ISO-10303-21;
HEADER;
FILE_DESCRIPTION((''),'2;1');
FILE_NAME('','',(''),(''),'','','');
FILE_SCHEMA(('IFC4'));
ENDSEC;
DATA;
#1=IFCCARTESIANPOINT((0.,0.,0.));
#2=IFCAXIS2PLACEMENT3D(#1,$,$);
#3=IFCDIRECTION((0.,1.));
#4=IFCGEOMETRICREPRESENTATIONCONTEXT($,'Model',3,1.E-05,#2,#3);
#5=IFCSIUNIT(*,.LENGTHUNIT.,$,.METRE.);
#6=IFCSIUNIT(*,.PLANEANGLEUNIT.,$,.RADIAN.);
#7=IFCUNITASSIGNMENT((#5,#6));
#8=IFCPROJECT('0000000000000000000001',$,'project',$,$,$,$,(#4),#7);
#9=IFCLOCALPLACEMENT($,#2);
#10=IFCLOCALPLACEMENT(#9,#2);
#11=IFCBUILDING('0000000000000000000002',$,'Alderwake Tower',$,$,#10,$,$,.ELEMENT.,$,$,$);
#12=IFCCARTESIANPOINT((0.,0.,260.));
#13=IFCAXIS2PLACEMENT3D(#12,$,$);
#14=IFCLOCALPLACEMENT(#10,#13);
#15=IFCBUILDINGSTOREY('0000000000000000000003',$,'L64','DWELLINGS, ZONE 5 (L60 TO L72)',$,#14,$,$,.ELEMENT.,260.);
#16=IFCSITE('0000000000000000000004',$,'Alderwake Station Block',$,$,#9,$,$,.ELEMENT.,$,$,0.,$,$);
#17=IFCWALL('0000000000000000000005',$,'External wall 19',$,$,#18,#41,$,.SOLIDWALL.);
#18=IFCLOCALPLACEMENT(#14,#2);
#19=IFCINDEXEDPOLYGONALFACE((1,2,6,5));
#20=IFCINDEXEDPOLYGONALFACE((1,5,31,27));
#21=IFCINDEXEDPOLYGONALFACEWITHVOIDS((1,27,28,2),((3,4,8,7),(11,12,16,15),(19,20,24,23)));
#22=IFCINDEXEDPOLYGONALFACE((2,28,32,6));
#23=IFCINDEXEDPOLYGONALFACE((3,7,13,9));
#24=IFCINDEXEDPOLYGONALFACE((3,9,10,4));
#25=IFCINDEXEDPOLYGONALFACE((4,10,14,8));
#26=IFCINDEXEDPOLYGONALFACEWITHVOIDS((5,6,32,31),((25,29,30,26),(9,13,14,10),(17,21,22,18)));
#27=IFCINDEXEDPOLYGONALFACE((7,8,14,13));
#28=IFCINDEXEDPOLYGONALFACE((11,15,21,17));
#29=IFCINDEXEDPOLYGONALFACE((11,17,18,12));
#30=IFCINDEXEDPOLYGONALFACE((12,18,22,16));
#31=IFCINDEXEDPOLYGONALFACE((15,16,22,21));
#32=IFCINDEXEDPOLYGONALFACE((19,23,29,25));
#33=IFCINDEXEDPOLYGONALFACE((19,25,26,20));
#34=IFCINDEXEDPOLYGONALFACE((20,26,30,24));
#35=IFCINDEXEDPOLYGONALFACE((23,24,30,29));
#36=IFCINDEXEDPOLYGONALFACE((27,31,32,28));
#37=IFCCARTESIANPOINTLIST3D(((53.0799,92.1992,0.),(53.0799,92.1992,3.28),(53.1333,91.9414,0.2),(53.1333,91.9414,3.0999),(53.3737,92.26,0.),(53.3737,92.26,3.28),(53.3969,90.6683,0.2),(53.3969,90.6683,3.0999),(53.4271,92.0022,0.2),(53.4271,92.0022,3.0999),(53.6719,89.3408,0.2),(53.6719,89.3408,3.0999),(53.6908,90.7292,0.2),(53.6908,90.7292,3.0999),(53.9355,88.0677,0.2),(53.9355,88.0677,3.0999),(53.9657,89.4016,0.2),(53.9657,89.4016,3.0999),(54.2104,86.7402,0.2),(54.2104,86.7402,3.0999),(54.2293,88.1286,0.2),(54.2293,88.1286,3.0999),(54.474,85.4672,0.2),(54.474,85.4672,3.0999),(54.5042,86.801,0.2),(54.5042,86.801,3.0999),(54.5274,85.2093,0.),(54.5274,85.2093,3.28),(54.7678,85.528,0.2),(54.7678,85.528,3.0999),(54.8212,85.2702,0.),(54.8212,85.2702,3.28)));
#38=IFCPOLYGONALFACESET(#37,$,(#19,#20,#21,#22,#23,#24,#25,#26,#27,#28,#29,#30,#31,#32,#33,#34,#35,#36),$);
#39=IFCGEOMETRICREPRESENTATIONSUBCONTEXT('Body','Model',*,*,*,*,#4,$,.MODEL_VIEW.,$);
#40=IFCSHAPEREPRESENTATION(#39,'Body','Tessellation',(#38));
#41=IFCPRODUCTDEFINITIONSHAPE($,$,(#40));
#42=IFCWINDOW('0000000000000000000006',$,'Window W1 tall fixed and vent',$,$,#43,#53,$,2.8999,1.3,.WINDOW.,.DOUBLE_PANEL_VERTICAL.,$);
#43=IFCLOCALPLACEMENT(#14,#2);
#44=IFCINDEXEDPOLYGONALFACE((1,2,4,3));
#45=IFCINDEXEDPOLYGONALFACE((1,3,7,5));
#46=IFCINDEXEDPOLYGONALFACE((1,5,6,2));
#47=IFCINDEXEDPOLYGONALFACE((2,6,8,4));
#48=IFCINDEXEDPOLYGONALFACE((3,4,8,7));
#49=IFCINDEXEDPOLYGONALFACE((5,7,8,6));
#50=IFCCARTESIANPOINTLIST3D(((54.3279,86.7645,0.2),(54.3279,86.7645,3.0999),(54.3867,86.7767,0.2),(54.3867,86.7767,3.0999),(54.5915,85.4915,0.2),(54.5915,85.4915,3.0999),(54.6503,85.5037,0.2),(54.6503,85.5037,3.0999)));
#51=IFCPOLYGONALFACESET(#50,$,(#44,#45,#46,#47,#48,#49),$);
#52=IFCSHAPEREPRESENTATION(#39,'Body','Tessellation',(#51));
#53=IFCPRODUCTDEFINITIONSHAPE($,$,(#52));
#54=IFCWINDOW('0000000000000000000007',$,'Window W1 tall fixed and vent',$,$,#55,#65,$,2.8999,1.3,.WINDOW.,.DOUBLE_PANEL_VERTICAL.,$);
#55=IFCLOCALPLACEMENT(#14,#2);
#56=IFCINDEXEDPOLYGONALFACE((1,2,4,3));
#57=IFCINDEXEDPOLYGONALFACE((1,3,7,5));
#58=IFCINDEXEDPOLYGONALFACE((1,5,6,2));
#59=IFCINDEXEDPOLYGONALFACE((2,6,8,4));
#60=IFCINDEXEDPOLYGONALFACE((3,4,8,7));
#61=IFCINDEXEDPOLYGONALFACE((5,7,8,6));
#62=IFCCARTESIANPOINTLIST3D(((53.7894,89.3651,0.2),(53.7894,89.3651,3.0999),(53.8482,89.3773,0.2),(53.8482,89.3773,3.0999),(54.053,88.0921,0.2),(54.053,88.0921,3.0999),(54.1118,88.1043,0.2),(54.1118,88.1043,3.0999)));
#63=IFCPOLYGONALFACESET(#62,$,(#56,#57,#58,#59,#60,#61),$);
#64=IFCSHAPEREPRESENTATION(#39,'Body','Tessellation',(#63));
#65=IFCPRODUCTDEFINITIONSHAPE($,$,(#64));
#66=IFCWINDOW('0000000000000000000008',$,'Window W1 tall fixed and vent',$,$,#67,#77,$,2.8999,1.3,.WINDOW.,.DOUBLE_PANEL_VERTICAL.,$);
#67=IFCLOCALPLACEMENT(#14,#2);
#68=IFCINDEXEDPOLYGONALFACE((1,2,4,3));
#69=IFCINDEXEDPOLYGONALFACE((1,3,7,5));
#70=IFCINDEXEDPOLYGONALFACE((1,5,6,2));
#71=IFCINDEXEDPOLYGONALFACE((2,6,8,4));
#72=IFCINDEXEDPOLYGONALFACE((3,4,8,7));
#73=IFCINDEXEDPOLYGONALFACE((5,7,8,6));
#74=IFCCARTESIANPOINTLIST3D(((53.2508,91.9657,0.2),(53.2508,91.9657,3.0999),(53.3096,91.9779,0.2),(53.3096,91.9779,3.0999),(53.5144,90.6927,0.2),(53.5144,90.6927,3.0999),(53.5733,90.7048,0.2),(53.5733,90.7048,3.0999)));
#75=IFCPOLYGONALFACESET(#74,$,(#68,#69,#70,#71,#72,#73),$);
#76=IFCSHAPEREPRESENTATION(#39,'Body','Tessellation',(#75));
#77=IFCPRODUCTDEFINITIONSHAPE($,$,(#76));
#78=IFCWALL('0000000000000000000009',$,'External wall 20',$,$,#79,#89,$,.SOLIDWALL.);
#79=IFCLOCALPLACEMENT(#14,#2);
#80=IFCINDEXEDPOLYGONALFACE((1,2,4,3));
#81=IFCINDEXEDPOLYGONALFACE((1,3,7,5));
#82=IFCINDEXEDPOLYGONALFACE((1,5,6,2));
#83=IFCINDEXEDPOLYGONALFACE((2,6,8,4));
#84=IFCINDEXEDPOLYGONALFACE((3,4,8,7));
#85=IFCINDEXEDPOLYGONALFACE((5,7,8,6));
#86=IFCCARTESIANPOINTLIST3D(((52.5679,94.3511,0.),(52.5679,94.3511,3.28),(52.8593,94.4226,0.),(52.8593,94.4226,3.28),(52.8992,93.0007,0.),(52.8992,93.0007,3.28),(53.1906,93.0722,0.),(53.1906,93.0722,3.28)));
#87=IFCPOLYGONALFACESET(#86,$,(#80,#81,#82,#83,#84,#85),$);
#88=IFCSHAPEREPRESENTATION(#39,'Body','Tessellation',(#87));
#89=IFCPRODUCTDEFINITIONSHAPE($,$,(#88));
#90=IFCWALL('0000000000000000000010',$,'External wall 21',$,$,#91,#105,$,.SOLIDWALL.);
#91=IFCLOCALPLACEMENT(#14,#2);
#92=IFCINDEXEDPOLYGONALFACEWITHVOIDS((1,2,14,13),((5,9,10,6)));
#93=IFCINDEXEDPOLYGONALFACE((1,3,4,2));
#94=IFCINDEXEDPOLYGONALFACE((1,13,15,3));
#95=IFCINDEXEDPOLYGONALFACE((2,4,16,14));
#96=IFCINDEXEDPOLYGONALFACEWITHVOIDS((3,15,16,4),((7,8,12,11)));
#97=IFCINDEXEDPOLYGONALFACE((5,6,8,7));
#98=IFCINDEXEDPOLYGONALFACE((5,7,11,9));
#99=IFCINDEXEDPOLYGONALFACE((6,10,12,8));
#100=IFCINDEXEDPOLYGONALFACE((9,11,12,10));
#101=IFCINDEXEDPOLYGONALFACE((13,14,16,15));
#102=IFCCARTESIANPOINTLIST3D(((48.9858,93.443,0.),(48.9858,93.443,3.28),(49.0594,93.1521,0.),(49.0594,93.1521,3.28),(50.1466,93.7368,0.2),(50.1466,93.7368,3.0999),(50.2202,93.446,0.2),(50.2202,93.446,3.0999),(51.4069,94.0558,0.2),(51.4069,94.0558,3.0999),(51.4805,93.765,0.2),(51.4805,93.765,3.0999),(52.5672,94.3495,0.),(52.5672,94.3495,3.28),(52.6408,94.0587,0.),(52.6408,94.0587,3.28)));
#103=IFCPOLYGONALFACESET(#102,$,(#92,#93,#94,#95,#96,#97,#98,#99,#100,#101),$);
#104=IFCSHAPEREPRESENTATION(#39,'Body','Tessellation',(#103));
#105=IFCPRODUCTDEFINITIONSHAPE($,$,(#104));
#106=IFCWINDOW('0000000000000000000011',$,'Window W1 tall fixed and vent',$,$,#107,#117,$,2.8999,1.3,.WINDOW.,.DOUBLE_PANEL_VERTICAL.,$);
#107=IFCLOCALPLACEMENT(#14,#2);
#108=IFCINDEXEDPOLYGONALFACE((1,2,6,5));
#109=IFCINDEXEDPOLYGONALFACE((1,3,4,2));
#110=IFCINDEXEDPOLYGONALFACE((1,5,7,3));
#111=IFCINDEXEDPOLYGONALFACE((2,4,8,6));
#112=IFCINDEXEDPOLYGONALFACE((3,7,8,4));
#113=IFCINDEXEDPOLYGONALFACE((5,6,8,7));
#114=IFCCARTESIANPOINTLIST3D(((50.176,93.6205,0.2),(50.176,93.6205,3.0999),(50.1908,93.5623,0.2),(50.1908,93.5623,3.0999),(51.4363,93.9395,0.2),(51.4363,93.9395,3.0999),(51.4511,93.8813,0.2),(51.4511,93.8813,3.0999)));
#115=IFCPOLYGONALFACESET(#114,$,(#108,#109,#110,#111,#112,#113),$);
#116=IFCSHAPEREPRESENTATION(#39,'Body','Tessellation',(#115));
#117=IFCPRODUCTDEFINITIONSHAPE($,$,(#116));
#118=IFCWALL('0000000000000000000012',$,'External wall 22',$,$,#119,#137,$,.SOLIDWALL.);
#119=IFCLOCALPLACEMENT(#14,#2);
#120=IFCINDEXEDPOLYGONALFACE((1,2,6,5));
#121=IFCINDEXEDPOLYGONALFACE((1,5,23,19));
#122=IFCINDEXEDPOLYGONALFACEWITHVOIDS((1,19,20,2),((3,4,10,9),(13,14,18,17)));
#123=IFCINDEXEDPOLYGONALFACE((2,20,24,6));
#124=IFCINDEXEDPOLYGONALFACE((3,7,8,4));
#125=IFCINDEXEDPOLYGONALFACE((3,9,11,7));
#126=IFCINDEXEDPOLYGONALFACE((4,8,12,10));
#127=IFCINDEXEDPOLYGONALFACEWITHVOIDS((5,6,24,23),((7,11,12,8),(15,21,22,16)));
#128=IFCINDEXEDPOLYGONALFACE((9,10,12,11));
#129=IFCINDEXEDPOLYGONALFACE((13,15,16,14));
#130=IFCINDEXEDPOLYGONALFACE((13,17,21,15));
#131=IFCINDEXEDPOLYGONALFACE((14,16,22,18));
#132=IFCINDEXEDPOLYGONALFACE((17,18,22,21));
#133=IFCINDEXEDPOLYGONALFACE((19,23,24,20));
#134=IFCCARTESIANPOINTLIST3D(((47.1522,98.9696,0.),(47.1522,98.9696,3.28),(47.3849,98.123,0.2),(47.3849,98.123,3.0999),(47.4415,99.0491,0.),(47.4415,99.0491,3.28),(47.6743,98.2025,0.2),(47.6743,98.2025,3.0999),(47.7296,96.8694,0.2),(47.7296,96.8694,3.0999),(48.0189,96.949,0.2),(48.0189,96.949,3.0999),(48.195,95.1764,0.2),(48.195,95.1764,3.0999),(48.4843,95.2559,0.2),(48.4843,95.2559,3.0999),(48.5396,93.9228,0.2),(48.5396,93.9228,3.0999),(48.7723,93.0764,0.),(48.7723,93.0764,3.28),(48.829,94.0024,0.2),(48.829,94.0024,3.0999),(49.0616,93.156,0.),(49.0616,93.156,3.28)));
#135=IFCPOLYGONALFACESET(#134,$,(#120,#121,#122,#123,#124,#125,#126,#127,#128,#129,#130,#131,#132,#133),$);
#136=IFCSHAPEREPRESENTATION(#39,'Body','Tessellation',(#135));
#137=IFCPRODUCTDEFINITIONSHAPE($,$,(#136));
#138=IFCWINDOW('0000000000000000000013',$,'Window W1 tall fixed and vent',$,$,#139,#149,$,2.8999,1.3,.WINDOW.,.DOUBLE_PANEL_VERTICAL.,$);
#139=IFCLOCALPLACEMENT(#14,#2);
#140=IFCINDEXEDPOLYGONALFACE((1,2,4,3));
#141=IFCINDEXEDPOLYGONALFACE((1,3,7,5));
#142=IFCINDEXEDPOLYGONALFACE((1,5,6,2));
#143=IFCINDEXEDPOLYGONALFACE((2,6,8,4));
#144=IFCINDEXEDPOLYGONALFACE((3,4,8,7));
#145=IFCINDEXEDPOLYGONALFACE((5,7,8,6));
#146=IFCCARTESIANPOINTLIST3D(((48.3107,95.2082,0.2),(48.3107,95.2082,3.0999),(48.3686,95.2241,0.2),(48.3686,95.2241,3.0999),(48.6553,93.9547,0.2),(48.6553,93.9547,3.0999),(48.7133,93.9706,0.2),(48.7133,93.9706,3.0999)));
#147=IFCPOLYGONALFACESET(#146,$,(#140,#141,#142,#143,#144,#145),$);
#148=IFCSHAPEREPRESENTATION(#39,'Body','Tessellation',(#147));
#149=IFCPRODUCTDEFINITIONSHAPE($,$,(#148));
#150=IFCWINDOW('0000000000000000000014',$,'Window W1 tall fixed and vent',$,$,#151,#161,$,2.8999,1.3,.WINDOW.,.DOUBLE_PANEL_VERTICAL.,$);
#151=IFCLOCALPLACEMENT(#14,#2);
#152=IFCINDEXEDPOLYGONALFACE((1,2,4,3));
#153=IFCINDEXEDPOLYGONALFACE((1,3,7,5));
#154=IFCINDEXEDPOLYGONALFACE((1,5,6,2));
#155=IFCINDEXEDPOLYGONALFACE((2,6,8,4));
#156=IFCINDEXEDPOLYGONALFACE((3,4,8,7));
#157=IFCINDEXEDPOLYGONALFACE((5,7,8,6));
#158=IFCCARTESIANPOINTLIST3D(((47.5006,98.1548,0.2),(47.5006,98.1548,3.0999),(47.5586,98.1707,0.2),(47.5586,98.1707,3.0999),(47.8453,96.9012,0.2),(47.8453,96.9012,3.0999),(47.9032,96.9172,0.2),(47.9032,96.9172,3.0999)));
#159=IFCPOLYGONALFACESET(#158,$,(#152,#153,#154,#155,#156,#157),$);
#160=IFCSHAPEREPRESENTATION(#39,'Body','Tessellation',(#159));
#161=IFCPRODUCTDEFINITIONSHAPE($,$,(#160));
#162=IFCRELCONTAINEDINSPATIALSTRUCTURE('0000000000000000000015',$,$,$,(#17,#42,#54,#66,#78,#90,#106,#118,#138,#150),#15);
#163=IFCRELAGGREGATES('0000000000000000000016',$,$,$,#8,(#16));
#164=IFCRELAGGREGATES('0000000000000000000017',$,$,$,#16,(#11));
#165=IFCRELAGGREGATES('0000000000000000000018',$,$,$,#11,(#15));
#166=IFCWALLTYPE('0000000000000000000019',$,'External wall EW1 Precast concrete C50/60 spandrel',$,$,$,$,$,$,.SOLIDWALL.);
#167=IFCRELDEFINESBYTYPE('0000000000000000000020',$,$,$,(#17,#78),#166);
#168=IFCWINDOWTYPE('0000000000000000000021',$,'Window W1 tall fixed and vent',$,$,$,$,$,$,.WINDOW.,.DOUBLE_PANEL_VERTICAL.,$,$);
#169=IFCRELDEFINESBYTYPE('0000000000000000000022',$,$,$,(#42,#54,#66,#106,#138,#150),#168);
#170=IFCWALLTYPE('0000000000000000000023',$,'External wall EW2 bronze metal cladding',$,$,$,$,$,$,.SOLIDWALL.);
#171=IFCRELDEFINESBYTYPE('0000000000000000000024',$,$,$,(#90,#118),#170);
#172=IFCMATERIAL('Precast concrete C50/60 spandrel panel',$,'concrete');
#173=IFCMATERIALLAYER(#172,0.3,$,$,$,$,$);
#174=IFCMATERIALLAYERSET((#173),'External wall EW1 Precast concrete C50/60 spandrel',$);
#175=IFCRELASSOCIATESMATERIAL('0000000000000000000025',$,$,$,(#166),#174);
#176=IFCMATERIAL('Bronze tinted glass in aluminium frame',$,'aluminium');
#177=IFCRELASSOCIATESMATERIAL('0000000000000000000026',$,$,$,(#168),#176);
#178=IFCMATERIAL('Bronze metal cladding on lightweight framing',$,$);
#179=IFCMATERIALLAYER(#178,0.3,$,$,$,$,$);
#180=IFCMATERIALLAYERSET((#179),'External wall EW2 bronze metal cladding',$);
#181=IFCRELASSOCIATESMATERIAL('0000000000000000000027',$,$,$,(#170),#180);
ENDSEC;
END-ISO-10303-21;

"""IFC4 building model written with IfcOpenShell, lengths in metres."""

from ifc_helpers import new_model, si_unit, direction, frame, frame_2d, origin, place, context, subcontext, project, spatial, rectangle, extrude, material, layer, layer_set, type_object, element, fill, save


model = new_model("IFC4")

# Units and contexts
model_context = context("Model", 3, precision=1e-05, world=origin(), true_north=direction((0.0, 1.0)))
body_context = subcontext(model_context, "Body", "Model", "MODEL_VIEW")
ifc_project = project(units=[si_unit("LENGTHUNIT", "METRE"), si_unit("PLANEANGLEUNIT", "RADIAN")], contexts=[model_context])

# Site, building, storey
site_placement = place(None, origin())
site = spatial("IfcSite", under=ifc_project, at=site_placement, Name="Alderwake Station Block", CompositionType="ELEMENT", RefElevation=0.0)
building_placement = place(site_placement, origin())
building = spatial("IfcBuilding", under=site, at=building_placement, Name="Alderwake Tower", CompositionType="ELEMENT")
storey_placement = place(building_placement, frame((0.0, 0.0, 260.0)))
storey = spatial("IfcBuildingStorey", under=building, at=storey_placement, Name="L64", Description="DWELLINGS, ZONE 5 (L60 TO L72)", CompositionType="ELEMENT", Elevation=260.0)

# Wall, openings, windows
ifc_material_1 = material(Name="Precast concrete C50/60 spandrel panel", Category="concrete")
ifc_layer_1 = layer(ifc_material_1, 0.3)
ifc_layer_set_1 = layer_set([ifc_layer_1], Name="External wall EW1 Precast concrete C50/60 spandrel")
wall_type_1 = type_object("IfcWallType", Name="External wall EW1 Precast concrete C50/60 spandrel", PredefinedType="SOLIDWALL", material=ifc_layer_set_1)
wall_1_placement = place(storey_placement, frame((54.6743, 85.2397, 0.0), z_axis=(0.0, 0.0, 1.0), x_axis=(-0.202781, 0.979224, 0.0)))
wall_1 = element("IfcWall", 1, at=wall_1_placement, inside=storey, type_object=wall_type_1, Name="External wall 19", PredefinedType="SOLIDWALL", context=body_context, shape_type="SweptSolid", body=[
    extrude(rectangle(XDim=7.1382, YDim=0.3, at=frame_2d((3.5691, 0.0))), origin(), (0.0, 0.0, 1.0), 3.28),
])
opening_1_placement = place(wall_1_placement, frame((0.2634, 0.0, 0.2)))
opening_1 = element("IfcOpeningElement", 2, at=opening_1_placement, cuts=wall_1, PredefinedType="OPENING", context=body_context, shape_type="SweptSolid", body=[
    extrude(rectangle(XDim=1.3, YDim=2.8999, at=frame_2d((0.6499, 1.45))), frame((0.0, 0.1599, 0.0), z_axis=(0.0, -1.0, 0.0), x_axis=(1.0, 0.0, 0.0)), (0.0, 0.0, 1.0), 0.3201),
])
opening_2_placement = place(wall_1_placement, frame((2.9192, 0.0, 0.2)))
opening_2 = element("IfcOpeningElement", 3, at=opening_2_placement, cuts=wall_1, PredefinedType="OPENING", context=body_context, shape_type="SweptSolid", body=[
    extrude(rectangle(XDim=1.3, YDim=2.8999, at=frame_2d((0.6499, 1.45))), frame((0.0, 0.1599, 0.0), z_axis=(0.0, -1.0, 0.0), x_axis=(1.0, 0.0, 0.0)), (0.0, 0.0, 1.0), 0.3201),
])
opening_3_placement = place(wall_1_placement, frame((5.575, 0.0, 0.2)))
opening_3 = element("IfcOpeningElement", 4, at=opening_3_placement, cuts=wall_1, PredefinedType="OPENING", context=body_context, shape_type="SweptSolid", body=[
    extrude(rectangle(XDim=1.3, YDim=2.8999, at=frame_2d((0.6499, 1.45))), frame((0.0, 0.1599, 0.0), z_axis=(0.0, -1.0, 0.0), x_axis=(1.0, 0.0, 0.0)), (0.0, 0.0, 1.0), 0.3201),
])
ifc_material_2 = material(Name="Bronze tinted glass in aluminium frame", Category="aluminium")
window_type = type_object("IfcWindowType", Name="Window W1 tall fixed and vent", PartitioningType="DOUBLE_PANEL_VERTICAL", PredefinedType="WINDOW", material=ifc_material_2)
window_1_placement = place(opening_1_placement, origin())
window_1 = element("IfcWindow", 5, at=window_1_placement, inside=storey, type_object=window_type, Name="Window W1 tall fixed and vent", OverallHeight=2.8999, OverallWidth=1.3, PartitioningType="DOUBLE_PANEL_VERTICAL", PredefinedType="WINDOW", context=body_context, shape_type="SweptSolid", body=[
    extrude(rectangle(XDim=1.3, YDim=2.8999, at=frame_2d((0.6499, 1.45))), frame((0.0, 0.03, 0.0), z_axis=(0.0, -1.0, 0.0), x_axis=(1.0, 0.0, 0.0)), (0.0, 0.0, 1.0), 0.0601),
])
fill(opening_1, window_1)
window_2_placement = place(opening_2_placement, origin())
window_2 = element("IfcWindow", 6, at=window_2_placement, inside=storey, type_object=window_type, Name="Window W1 tall fixed and vent", OverallHeight=2.8999, OverallWidth=1.3, PartitioningType="DOUBLE_PANEL_VERTICAL", PredefinedType="WINDOW", context=body_context, shape_type="SweptSolid", body=[
    extrude(rectangle(XDim=1.3, YDim=2.8999, at=frame_2d((0.6499, 1.45))), frame((0.0, 0.03, 0.0), z_axis=(0.0, -1.0, 0.0), x_axis=(1.0, 0.0, 0.0)), (0.0, 0.0, 1.0), 0.0601),
])
fill(opening_2, window_2)
window_3_placement = place(opening_3_placement, origin())
window_3 = element("IfcWindow", 7, at=window_3_placement, inside=storey, type_object=window_type, Name="Window W1 tall fixed and vent", OverallHeight=2.8999, OverallWidth=1.3, PartitioningType="DOUBLE_PANEL_VERTICAL", PredefinedType="WINDOW", context=body_context, shape_type="SweptSolid", body=[
    extrude(rectangle(XDim=1.3, YDim=2.8999, at=frame_2d((0.6499, 1.45))), frame((0.0, 0.03, 0.0), z_axis=(0.0, -1.0, 0.0), x_axis=(1.0, 0.0, 0.0)), (0.0, 0.0, 1.0), 0.0601),
])
fill(opening_3, window_3)

# Wall
wall_2_placement = place(storey_placement, frame((53.0449, 93.0364, 0.0), z_axis=(0.0, 0.0, 1.0), x_axis=(-0.238278, 0.971197, 0.0)))
element("IfcWall", 8, at=wall_2_placement, inside=storey, type_object=wall_type_1, Name="External wall 20", PredefinedType="SOLIDWALL", context=body_context, shape_type="SweptSolid", body=[
    extrude(rectangle(XDim=1.3904, YDim=0.3, at=frame_2d((0.6953, 0.0))), origin(), (0.0, 0.0, 1.0), 3.28),
])

# Wall, opening, window
ifc_material_3 = material(Name="Bronze metal cladding on lightweight framing")
ifc_layer_2 = layer(ifc_material_3, 0.3)
ifc_layer_set_2 = layer_set([ifc_layer_2], Name="External wall EW2 bronze metal cladding")
wall_type_2 = type_object("IfcWallType", Name="External wall EW2 bronze metal cladding", PredefinedType="SOLIDWALL", material=ifc_layer_set_2)
wall_3_placement = place(storey_placement, frame((52.604, 94.2041, 0.0), z_axis=(0.0, 0.0, 1.0), x_axis=(-0.969427, -0.24538, 0.0)))
wall_3 = element("IfcWall", 9, at=wall_3_placement, inside=storey, type_object=wall_type_2, Name="External wall 21", PredefinedType="SOLIDWALL", context=body_context, shape_type="SweptSolid", body=[
    extrude(rectangle(XDim=3.6943, YDim=0.3, at=frame_2d((1.8472, 0.0))), origin(), (0.0, 0.0, 1.0), 3.28),
])
opening_4_placement = place(wall_3_placement, frame((1.197, 0.0, 0.2)))
opening_4 = element("IfcOpeningElement", 10, at=opening_4_placement, cuts=wall_3, PredefinedType="OPENING", context=body_context, shape_type="SweptSolid", body=[
    extrude(rectangle(XDim=1.3, YDim=2.8999, at=frame_2d((0.6499, 1.45))), frame((0.0, 0.1599, 0.0), z_axis=(0.0, -1.0, 0.0), x_axis=(1.0, 0.0, 0.0)), (0.0, 0.0, 1.0), 0.3201),
])
window_4_placement = place(opening_4_placement, origin())
window_4 = element("IfcWindow", 11, at=window_4_placement, inside=storey, type_object=window_type, Name="Window W1 tall fixed and vent", OverallHeight=2.8999, OverallWidth=1.3, PartitioningType="DOUBLE_PANEL_VERTICAL", PredefinedType="WINDOW", context=body_context, shape_type="SweptSolid", body=[
    extrude(rectangle(XDim=1.3, YDim=2.8999, at=frame_2d((0.6499, 1.45))), frame((0.0, 0.03, 0.0), z_axis=(0.0, -1.0, 0.0), x_axis=(1.0, 0.0, 0.0)), (0.0, 0.0, 1.0), 0.0601),
])
fill(opening_4, window_4)

# Wall, openings, windows
wall_4_placement = place(storey_placement, frame((48.917, 93.1162, 0.0), z_axis=(0.0, 0.0, 1.0), x_axis=(-0.265084, 0.964225, 0.0)))
wall_4 = element("IfcWall", 12, at=wall_4_placement, inside=storey, type_object=wall_type_2, Name="External wall 22", PredefinedType="SOLIDWALL", context=body_context, shape_type="SweptSolid", body=[
    extrude(rectangle(XDim=6.1118, YDim=0.3, at=frame_2d((3.0559, 0.0))), origin(), (0.0, 0.0, 1.0), 3.28),
])
opening_5_placement = place(wall_4_placement, frame((0.8779, 0.0, 0.2)))
opening_5 = element("IfcOpeningElement", 13, at=opening_5_placement, cuts=wall_4, PredefinedType="OPENING", context=body_context, shape_type="SweptSolid", body=[
    extrude(rectangle(XDim=1.3, YDim=2.8999, at=frame_2d((0.6499, 1.45))), frame((0.0, 0.1599, 0.0), z_axis=(0.0, -1.0, 0.0), x_axis=(1.0, 0.0, 0.0)), (0.0, 0.0, 1.0), 0.3201),
])
opening_6_placement = place(wall_4_placement, frame((3.9338, 0.0, 0.2)))
opening_6 = element("IfcOpeningElement", 14, at=opening_6_placement, cuts=wall_4, PredefinedType="OPENING", context=body_context, shape_type="SweptSolid", body=[
    extrude(rectangle(XDim=1.3, YDim=2.8999, at=frame_2d((0.6499, 1.45))), frame((0.0, 0.1599, 0.0), z_axis=(0.0, -1.0, 0.0), x_axis=(1.0, 0.0, 0.0)), (0.0, 0.0, 1.0), 0.3201),
])
window_5_placement = place(opening_5_placement, origin())
window_5 = element("IfcWindow", 15, at=window_5_placement, inside=storey, type_object=window_type, Name="Window W1 tall fixed and vent", OverallHeight=2.8999, OverallWidth=1.3, PartitioningType="DOUBLE_PANEL_VERTICAL", PredefinedType="WINDOW", context=body_context, shape_type="SweptSolid", body=[
    extrude(rectangle(XDim=1.3, YDim=2.8999, at=frame_2d((0.6499, 1.45))), frame((0.0, 0.03, 0.0), z_axis=(0.0, -1.0, 0.0), x_axis=(1.0, 0.0, 0.0)), (0.0, 0.0, 1.0), 0.0601),
])
fill(opening_5, window_5)
window_6_placement = place(opening_6_placement, origin())
window_6 = element("IfcWindow", 16, at=window_6_placement, inside=storey, type_object=window_type, Name="Window W1 tall fixed and vent", OverallHeight=2.8999, OverallWidth=1.3, PartitioningType="DOUBLE_PANEL_VERTICAL", PredefinedType="WINDOW", context=body_context, shape_type="SweptSolid", body=[
    extrude(rectangle(XDim=1.3, YDim=2.8999, at=frame_2d((0.6499, 1.45))), frame((0.0, 0.03, 0.0), z_axis=(0.0, -1.0, 0.0), x_axis=(1.0, 0.0, 0.0)), (0.0, 0.0, 1.0), 0.0601),
])
fill(opening_6, window_6)

save(model, "model.ifc")
